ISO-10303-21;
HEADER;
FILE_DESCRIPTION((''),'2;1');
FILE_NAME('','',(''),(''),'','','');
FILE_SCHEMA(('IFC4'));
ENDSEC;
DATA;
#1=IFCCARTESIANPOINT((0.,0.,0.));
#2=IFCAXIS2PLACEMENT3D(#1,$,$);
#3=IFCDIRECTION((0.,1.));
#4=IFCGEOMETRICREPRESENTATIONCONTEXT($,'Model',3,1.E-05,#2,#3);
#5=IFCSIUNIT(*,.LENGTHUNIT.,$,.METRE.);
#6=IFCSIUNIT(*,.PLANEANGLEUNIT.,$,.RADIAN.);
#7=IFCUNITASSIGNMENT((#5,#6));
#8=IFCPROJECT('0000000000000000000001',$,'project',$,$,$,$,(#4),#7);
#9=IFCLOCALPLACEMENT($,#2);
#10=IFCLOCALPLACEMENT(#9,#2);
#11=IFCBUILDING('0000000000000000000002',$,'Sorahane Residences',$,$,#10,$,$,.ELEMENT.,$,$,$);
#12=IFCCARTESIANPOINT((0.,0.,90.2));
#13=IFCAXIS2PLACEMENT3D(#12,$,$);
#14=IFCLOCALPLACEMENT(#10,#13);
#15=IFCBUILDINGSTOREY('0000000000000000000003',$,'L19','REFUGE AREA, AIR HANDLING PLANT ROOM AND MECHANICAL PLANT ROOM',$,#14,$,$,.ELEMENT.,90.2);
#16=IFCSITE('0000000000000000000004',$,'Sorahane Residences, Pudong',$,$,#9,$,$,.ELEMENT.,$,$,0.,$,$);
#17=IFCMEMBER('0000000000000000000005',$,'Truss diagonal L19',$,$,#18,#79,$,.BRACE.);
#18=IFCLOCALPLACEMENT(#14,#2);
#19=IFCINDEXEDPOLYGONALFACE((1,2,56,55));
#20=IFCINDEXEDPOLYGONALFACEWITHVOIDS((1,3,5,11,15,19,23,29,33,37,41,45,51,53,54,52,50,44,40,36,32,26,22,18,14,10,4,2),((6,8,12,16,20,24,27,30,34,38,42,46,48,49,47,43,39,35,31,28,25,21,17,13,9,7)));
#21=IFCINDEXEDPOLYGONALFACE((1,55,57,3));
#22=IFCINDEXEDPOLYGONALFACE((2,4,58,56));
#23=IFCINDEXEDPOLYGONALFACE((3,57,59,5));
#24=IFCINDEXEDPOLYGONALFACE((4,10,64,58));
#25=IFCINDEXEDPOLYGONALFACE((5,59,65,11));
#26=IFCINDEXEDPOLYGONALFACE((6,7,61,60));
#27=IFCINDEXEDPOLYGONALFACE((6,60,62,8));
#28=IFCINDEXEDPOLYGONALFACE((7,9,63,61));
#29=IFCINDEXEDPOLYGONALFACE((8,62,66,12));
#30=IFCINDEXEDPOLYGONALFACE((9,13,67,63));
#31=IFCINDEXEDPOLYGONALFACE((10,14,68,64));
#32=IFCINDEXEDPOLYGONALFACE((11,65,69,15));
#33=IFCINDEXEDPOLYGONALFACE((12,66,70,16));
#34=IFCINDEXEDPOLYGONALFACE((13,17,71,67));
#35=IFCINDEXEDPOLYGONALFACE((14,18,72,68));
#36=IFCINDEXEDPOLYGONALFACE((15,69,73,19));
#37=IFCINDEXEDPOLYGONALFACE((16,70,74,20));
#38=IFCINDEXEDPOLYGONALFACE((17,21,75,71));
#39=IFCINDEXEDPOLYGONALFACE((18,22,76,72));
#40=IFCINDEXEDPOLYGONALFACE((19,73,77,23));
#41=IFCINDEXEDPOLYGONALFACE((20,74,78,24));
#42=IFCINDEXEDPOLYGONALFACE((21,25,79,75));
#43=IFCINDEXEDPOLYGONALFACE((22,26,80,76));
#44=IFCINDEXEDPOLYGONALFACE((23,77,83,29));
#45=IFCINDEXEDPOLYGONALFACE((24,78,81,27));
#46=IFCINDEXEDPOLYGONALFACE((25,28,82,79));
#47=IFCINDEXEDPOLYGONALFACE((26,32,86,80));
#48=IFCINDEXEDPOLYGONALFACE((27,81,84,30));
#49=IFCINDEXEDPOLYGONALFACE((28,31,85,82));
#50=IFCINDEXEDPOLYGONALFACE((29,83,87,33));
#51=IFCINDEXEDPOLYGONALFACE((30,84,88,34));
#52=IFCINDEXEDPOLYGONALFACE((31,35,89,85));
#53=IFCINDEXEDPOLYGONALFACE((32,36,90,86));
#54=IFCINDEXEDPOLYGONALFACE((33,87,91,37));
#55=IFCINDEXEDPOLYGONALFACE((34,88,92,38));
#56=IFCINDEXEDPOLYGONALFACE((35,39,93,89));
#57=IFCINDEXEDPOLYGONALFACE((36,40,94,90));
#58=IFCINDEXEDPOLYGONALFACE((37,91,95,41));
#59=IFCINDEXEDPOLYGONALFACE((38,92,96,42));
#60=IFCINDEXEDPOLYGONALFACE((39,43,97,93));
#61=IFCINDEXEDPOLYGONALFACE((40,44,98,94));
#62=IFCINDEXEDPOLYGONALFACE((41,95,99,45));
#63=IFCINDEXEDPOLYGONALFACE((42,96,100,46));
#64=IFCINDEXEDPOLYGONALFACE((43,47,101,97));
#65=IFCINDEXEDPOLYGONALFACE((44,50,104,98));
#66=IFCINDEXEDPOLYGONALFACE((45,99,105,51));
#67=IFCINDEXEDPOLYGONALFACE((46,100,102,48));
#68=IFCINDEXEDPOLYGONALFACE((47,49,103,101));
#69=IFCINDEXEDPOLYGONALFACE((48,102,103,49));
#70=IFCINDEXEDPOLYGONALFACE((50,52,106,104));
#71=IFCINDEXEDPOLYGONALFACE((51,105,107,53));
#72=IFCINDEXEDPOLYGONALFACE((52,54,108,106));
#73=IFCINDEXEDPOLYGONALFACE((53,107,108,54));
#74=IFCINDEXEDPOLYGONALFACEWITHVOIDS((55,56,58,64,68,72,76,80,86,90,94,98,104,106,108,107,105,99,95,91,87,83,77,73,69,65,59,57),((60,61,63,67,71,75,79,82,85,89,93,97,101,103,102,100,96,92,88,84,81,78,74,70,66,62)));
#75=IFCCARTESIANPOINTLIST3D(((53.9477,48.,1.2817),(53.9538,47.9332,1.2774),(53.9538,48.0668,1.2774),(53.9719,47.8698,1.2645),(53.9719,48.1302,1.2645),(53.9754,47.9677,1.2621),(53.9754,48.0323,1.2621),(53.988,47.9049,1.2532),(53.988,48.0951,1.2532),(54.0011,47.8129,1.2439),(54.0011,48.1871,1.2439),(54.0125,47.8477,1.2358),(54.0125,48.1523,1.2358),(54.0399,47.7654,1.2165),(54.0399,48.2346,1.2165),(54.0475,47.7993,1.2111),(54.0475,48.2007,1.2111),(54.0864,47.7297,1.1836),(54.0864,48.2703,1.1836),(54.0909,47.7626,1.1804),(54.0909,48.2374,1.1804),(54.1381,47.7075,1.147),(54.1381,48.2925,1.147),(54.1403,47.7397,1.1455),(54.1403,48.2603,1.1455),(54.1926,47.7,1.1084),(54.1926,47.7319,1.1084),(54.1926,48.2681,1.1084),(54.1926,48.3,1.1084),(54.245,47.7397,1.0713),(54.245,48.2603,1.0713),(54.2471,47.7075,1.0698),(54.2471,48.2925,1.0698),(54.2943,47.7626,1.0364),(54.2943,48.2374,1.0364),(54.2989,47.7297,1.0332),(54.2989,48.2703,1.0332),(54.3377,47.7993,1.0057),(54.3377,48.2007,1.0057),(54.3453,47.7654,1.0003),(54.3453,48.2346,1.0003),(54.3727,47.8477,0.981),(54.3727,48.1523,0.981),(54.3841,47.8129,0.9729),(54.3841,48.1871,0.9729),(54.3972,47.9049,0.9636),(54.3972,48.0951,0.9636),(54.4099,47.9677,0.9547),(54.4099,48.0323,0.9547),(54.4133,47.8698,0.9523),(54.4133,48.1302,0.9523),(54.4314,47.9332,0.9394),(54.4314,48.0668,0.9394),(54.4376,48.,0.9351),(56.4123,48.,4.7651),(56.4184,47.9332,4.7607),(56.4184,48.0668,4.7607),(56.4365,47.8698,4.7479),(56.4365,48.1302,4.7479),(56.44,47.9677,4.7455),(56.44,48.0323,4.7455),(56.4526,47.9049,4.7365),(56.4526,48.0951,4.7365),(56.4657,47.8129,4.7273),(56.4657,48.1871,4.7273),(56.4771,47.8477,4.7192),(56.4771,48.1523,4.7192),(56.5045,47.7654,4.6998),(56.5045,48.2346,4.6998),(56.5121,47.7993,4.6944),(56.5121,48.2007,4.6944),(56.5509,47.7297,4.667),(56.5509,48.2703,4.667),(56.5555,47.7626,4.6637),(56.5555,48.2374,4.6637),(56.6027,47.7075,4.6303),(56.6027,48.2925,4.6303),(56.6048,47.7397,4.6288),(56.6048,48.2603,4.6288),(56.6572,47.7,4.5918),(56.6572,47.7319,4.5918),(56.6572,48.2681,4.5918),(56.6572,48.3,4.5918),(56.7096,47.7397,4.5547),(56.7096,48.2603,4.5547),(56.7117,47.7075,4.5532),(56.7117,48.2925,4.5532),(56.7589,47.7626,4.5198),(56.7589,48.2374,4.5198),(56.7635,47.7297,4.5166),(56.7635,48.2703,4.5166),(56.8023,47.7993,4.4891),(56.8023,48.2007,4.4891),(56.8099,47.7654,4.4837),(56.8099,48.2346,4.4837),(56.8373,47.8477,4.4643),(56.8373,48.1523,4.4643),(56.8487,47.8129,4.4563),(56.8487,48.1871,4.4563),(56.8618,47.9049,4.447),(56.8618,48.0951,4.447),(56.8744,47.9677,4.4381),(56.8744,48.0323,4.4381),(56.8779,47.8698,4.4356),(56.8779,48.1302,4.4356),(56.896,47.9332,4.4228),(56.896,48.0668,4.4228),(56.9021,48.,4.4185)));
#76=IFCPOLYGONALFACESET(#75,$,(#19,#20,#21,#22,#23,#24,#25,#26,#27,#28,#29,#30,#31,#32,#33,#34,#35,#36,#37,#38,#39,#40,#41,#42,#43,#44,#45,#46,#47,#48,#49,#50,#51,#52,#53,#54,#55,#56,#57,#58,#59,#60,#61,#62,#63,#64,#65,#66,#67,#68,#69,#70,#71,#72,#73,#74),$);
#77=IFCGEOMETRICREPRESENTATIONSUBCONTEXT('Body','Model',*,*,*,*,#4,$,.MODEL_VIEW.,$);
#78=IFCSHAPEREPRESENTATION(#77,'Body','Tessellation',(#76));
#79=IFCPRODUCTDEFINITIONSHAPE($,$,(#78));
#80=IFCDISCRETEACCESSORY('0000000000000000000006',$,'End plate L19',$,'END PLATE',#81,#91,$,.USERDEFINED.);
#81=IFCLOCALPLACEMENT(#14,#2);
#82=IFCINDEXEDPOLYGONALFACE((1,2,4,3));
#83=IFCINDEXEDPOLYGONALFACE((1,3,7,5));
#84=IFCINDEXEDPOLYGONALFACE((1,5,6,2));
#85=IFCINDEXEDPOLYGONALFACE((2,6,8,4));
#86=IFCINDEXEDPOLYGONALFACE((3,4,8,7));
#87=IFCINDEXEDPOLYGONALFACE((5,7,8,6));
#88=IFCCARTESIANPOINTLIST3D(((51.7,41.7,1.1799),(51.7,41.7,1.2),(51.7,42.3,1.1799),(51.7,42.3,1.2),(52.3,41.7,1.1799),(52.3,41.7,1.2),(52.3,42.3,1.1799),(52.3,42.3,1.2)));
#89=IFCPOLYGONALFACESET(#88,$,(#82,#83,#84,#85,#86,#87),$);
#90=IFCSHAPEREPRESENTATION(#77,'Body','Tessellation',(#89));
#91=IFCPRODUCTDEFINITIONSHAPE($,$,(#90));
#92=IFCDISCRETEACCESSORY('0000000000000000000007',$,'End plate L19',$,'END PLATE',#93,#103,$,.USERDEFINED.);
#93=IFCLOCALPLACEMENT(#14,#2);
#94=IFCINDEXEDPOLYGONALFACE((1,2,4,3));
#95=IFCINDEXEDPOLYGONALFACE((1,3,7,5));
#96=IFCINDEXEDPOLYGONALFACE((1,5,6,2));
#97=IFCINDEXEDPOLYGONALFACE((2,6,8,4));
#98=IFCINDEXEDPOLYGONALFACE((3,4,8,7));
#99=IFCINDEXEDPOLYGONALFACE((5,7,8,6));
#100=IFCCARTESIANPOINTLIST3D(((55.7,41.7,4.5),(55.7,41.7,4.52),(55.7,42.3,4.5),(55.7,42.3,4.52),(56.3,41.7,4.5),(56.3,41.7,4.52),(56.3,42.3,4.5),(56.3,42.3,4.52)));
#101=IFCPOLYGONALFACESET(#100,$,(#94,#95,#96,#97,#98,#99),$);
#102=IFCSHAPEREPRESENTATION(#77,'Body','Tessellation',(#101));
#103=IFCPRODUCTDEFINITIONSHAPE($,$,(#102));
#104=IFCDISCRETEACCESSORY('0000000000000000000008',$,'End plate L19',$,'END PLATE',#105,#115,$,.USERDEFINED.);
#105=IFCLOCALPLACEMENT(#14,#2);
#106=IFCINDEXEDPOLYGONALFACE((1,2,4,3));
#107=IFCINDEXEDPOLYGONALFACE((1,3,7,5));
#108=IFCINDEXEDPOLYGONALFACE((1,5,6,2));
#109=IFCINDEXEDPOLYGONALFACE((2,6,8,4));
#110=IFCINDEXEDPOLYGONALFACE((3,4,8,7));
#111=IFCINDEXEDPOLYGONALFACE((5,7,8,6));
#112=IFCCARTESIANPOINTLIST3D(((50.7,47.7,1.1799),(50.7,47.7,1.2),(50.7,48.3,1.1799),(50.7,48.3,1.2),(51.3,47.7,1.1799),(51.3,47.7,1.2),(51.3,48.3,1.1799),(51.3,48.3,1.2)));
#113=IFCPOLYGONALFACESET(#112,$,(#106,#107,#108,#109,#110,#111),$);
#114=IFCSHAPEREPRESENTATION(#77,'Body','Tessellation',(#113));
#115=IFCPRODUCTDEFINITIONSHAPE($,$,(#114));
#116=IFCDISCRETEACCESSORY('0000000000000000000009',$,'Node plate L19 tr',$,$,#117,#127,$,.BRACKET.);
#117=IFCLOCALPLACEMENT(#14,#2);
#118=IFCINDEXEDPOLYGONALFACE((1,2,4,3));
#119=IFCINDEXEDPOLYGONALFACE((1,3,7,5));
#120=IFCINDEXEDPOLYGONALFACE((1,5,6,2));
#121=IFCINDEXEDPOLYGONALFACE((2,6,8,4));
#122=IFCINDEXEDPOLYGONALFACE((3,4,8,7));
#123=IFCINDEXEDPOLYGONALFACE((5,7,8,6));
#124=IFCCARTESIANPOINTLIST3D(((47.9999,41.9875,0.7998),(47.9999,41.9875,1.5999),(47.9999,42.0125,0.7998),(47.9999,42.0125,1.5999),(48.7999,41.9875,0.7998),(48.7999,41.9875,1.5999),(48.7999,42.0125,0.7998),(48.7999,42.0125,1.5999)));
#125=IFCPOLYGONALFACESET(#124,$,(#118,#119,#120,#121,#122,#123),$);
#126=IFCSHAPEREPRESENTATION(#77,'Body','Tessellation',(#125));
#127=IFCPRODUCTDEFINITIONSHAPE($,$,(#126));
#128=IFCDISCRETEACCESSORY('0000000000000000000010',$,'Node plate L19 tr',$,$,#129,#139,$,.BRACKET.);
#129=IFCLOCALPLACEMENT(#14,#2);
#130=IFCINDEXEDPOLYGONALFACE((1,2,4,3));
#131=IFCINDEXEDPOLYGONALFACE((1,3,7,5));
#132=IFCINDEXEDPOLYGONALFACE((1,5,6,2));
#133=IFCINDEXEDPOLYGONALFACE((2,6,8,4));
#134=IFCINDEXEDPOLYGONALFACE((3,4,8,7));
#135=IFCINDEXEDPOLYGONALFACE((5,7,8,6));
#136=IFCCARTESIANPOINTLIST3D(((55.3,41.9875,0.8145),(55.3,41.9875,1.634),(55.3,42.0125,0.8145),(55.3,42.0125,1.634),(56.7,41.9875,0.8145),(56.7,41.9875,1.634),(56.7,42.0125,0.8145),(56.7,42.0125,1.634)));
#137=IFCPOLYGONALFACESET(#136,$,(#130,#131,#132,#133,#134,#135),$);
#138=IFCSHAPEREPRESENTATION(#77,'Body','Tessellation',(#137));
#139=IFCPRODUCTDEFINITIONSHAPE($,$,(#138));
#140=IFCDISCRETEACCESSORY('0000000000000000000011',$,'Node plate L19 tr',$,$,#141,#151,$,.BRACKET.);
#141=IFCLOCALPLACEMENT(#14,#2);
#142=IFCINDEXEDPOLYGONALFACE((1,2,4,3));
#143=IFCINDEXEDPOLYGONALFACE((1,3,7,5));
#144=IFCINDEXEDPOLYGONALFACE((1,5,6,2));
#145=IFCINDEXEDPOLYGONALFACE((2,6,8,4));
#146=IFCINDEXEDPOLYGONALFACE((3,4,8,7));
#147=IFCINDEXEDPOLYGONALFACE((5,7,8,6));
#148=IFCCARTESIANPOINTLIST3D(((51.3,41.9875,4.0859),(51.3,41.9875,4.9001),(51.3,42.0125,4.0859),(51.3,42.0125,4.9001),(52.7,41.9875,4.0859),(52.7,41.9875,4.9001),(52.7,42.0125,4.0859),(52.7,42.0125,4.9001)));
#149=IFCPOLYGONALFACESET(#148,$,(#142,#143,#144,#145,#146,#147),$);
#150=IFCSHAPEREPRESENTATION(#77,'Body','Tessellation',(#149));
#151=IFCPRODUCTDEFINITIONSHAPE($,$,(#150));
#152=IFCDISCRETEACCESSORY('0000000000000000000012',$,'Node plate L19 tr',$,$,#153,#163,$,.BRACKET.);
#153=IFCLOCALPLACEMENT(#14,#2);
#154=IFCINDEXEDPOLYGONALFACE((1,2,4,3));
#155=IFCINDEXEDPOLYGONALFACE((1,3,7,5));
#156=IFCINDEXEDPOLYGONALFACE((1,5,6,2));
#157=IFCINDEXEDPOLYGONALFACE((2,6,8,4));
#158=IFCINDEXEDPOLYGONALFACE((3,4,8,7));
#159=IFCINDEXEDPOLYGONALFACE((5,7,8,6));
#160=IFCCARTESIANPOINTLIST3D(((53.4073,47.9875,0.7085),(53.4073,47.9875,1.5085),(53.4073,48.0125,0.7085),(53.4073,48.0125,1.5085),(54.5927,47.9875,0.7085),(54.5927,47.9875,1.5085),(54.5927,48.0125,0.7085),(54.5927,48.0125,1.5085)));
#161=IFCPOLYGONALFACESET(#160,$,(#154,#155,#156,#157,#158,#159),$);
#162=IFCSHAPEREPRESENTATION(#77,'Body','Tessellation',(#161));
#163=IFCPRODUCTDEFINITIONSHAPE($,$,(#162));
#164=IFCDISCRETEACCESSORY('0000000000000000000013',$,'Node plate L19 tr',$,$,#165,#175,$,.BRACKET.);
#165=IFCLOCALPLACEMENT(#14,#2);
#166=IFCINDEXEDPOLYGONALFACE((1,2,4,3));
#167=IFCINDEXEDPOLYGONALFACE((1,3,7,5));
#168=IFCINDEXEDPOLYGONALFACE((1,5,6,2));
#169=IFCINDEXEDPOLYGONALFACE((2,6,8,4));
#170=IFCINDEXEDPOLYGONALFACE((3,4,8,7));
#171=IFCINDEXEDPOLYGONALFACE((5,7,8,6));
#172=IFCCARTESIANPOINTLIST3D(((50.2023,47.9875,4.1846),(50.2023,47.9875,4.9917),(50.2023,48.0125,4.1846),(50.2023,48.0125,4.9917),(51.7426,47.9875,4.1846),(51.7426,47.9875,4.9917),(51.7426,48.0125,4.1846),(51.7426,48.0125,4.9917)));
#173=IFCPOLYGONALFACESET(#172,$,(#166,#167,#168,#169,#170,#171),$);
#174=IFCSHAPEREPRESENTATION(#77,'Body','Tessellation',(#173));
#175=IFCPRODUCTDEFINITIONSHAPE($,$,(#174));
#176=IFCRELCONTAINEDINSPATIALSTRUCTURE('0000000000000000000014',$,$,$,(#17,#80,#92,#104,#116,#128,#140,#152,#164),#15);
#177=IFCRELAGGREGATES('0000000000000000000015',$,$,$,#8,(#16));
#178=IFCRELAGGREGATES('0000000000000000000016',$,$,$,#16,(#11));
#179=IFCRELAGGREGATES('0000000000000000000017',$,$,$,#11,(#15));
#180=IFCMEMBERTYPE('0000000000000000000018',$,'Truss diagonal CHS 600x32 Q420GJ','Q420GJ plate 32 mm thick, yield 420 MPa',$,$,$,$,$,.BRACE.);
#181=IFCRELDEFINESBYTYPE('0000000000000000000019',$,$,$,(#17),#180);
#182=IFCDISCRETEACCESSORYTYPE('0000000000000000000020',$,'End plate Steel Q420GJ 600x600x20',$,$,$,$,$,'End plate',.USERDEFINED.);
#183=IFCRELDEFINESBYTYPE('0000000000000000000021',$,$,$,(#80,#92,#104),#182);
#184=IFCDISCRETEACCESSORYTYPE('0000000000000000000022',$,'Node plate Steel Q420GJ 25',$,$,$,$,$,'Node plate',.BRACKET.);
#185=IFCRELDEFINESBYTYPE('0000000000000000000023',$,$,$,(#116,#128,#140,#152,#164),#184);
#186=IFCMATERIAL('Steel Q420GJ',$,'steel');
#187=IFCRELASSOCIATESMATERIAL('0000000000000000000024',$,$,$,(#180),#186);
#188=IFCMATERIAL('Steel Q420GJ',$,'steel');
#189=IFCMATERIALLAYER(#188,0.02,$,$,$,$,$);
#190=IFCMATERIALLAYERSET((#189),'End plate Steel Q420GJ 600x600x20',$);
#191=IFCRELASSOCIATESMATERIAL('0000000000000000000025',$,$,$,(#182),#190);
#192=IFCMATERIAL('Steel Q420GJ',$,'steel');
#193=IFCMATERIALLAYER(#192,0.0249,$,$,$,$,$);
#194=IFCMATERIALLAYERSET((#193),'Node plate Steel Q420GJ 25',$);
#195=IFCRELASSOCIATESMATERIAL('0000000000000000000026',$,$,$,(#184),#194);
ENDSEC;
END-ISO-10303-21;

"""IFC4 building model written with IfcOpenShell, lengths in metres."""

from ifc_helpers import new_model, si_unit, direction, frame, origin, origin_2d, place, context, subcontext, project, spatial, rectangle, hollow_circle, extrude, material, layer, layer_set, material_profile, profile_set, type_object, element, save


model = new_model("IFC4")

# Units and contexts
model_context = context("Model", 3, precision=1e-05, world=origin(), true_north=direction((0.0, 1.0)))
body_context = subcontext(model_context, "Body", "Model", "MODEL_VIEW")
ifc_project = project(units=[si_unit("LENGTHUNIT", "METRE"), si_unit("PLANEANGLEUNIT", "RADIAN")], contexts=[model_context])

# Site, building, storey
site_placement = place(None, origin())
site = spatial("IfcSite", under=ifc_project, at=site_placement, Name="Sorahane Residences, Pudong", CompositionType="ELEMENT", RefElevation=0.0)
building_placement = place(site_placement, origin())
building = spatial("IfcBuilding", under=site, at=building_placement, Name="Sorahane Residences", CompositionType="ELEMENT")
storey_placement = place(building_placement, frame((0.0, 0.0, 90.2)))
storey = spatial("IfcBuildingStorey", under=building, at=storey_placement, Name="L19", Description="REFUGE AREA, AIR HANDLING PLANT ROOM AND MECHANICAL PLANT ROOM", CompositionType="ELEMENT", Elevation=90.2)

# Member
ifc_material_1 = material(Name="Steel Q420GJ", Category="steel")
ifc_material_profile_1 = material_profile(ifc_material_1, hollow_circle(Radius=0.3, WallThickness=0.032, at=origin_2d()), Name="CHS 600x32")
ifc_profile_set_1 = profile_set([ifc_material_profile_1], Name="Steel Q420GJ")
member_type = type_object("IfcMemberType", Name="Truss diagonal CHS 600x32 Q420GJ", Description="Q420GJ plate 32 mm thick, yield 420 MPa", PredefinedType="BRACE", material=ifc_profile_set_1)
for number, where, z_axis, x_axis, name in (
    (1, (54.1926, 48.0, 1.1084), (0.577579, 0.0, 0.816335), (0.0, 1.0, 0.0), "Truss diagonal L19"),
):
    element("IfcMember", number, at=place(storey_placement, frame(where, z_axis=z_axis, x_axis=x_axis)), inside=storey, type_object=member_type, Name=name, PredefinedType="BRACE", context=body_context, shape_type="SweptSolid", body=[
        extrude(hollow_circle(Radius=0.3, WallThickness=0.032, at=origin_2d()), origin(), (0.0, 0.0, 1.0), 4.2671),
    ])

# Discrete accessories
ifc_material_2 = material(Name="Steel Q420GJ", Category="steel")
ifc_layer_1 = layer(ifc_material_2, 0.02)
ifc_layer_set_1 = layer_set([ifc_layer_1], Name="End plate Steel Q420GJ 600x600x20")
discrete_accessory_type_1 = type_object("IfcDiscreteAccessoryType", Name="End plate Steel Q420GJ 600x600x20", ElementType="End plate", PredefinedType="USERDEFINED", material=ifc_layer_set_1)
for number, where, z_axis, x_axis, name in (
    (2, (52.0, 42.0, 1.1799), (0.0, 0.0, 1.0), (1.0, 0.0, 0.0), "End plate L19"),
    (3, (56.0, 42.0, 4.5), (0.0, 0.0, 1.0), (1.0, 0.0, 0.0), "End plate L19"),
    (4, (51.0, 48.0, 1.1799), (0.0, 0.0, 1.0), (1.0, 0.0, 0.0), "End plate L19"),
):
    element("IfcDiscreteAccessory", number, at=place(storey_placement, frame(where, z_axis=z_axis, x_axis=x_axis)), inside=storey, type_object=discrete_accessory_type_1, Name=name, ObjectType="END PLATE", PredefinedType="USERDEFINED", context=body_context, shape_type="SweptSolid", body=[
        extrude(rectangle(XDim=0.6001, YDim=0.6001, at=origin_2d()), origin(), (0.0, 0.0, 1.0), 0.02),
    ])
ifc_material_3 = material(Name="Steel Q420GJ", Category="steel")
ifc_layer_2 = layer(ifc_material_3, 0.0249)
ifc_layer_set_2 = layer_set([ifc_layer_2], Name="Node plate Steel Q420GJ 25")
discrete_accessory_type_2 = type_object("IfcDiscreteAccessoryType", Name="Node plate Steel Q420GJ 25", ElementType="Node plate", PredefinedType="BRACKET", material=ifc_layer_set_2)
discrete_accessory_1_placement = place(storey_placement, frame((48.3999, 42.0, 0.7998), z_axis=(0.0, 0.0, 1.0), x_axis=(1.0, 0.0, 0.0)))
element("IfcDiscreteAccessory", 5, at=discrete_accessory_1_placement, inside=storey, type_object=discrete_accessory_type_2, Name="Node plate L19 tr", PredefinedType="BRACKET", context=body_context, shape_type="SweptSolid", body=[
    extrude(rectangle(XDim=0.8, YDim=0.0249, at=origin_2d()), origin(), (0.0, 0.0, 1.0), 0.8),
])
discrete_accessory_2_placement = place(storey_placement, frame((56.0, 42.0, 0.8145), z_axis=(0.0, 0.0, 1.0), x_axis=(1.0, 0.0, 0.0)))
element("IfcDiscreteAccessory", 6, at=discrete_accessory_2_placement, inside=storey, type_object=discrete_accessory_type_2, Name="Node plate L19 tr", PredefinedType="BRACKET", context=body_context, shape_type="SweptSolid", body=[
    extrude(rectangle(XDim=1.3999, YDim=0.0249, at=origin_2d()), origin(), (0.0, 0.0, 1.0), 0.8196),
])
discrete_accessory_3_placement = place(storey_placement, frame((52.0, 42.0, 4.0859), z_axis=(0.0, 0.0, 1.0), x_axis=(1.0, 0.0, 0.0)))
element("IfcDiscreteAccessory", 7, at=discrete_accessory_3_placement, inside=storey, type_object=discrete_accessory_type_2, Name="Node plate L19 tr", PredefinedType="BRACKET", context=body_context, shape_type="SweptSolid", body=[
    extrude(rectangle(XDim=1.3999, YDim=0.0249, at=origin_2d()), origin(), (0.0, 0.0, 1.0), 0.8142),
])
discrete_accessory_4_placement = place(storey_placement, frame((54.0, 48.0, 0.7085), z_axis=(0.0, 0.0, 1.0), x_axis=(1.0, 0.0, 0.0)))
element("IfcDiscreteAccessory", 8, at=discrete_accessory_4_placement, inside=storey, type_object=discrete_accessory_type_2, Name="Node plate L19 tr", PredefinedType="BRACKET", context=body_context, shape_type="SweptSolid", body=[
    extrude(rectangle(XDim=1.1853, YDim=0.0249, at=origin_2d()), origin(), (0.0, 0.0, 1.0), 0.8),
])
discrete_accessory_5_placement = place(storey_placement, frame((50.9724, 48.0, 4.1846), z_axis=(0.0, 0.0, 1.0), x_axis=(1.0, 0.0, 0.0)))
element("IfcDiscreteAccessory", 9, at=discrete_accessory_5_placement, inside=storey, type_object=discrete_accessory_type_2, Name="Node plate L19 tr", PredefinedType="BRACKET", context=body_context, shape_type="SweptSolid", body=[
    extrude(rectangle(XDim=1.5403, YDim=0.0249, at=origin_2d()), origin(), (0.0, 0.0, 1.0), 0.8071),
])

save(model, "model.ifc")
